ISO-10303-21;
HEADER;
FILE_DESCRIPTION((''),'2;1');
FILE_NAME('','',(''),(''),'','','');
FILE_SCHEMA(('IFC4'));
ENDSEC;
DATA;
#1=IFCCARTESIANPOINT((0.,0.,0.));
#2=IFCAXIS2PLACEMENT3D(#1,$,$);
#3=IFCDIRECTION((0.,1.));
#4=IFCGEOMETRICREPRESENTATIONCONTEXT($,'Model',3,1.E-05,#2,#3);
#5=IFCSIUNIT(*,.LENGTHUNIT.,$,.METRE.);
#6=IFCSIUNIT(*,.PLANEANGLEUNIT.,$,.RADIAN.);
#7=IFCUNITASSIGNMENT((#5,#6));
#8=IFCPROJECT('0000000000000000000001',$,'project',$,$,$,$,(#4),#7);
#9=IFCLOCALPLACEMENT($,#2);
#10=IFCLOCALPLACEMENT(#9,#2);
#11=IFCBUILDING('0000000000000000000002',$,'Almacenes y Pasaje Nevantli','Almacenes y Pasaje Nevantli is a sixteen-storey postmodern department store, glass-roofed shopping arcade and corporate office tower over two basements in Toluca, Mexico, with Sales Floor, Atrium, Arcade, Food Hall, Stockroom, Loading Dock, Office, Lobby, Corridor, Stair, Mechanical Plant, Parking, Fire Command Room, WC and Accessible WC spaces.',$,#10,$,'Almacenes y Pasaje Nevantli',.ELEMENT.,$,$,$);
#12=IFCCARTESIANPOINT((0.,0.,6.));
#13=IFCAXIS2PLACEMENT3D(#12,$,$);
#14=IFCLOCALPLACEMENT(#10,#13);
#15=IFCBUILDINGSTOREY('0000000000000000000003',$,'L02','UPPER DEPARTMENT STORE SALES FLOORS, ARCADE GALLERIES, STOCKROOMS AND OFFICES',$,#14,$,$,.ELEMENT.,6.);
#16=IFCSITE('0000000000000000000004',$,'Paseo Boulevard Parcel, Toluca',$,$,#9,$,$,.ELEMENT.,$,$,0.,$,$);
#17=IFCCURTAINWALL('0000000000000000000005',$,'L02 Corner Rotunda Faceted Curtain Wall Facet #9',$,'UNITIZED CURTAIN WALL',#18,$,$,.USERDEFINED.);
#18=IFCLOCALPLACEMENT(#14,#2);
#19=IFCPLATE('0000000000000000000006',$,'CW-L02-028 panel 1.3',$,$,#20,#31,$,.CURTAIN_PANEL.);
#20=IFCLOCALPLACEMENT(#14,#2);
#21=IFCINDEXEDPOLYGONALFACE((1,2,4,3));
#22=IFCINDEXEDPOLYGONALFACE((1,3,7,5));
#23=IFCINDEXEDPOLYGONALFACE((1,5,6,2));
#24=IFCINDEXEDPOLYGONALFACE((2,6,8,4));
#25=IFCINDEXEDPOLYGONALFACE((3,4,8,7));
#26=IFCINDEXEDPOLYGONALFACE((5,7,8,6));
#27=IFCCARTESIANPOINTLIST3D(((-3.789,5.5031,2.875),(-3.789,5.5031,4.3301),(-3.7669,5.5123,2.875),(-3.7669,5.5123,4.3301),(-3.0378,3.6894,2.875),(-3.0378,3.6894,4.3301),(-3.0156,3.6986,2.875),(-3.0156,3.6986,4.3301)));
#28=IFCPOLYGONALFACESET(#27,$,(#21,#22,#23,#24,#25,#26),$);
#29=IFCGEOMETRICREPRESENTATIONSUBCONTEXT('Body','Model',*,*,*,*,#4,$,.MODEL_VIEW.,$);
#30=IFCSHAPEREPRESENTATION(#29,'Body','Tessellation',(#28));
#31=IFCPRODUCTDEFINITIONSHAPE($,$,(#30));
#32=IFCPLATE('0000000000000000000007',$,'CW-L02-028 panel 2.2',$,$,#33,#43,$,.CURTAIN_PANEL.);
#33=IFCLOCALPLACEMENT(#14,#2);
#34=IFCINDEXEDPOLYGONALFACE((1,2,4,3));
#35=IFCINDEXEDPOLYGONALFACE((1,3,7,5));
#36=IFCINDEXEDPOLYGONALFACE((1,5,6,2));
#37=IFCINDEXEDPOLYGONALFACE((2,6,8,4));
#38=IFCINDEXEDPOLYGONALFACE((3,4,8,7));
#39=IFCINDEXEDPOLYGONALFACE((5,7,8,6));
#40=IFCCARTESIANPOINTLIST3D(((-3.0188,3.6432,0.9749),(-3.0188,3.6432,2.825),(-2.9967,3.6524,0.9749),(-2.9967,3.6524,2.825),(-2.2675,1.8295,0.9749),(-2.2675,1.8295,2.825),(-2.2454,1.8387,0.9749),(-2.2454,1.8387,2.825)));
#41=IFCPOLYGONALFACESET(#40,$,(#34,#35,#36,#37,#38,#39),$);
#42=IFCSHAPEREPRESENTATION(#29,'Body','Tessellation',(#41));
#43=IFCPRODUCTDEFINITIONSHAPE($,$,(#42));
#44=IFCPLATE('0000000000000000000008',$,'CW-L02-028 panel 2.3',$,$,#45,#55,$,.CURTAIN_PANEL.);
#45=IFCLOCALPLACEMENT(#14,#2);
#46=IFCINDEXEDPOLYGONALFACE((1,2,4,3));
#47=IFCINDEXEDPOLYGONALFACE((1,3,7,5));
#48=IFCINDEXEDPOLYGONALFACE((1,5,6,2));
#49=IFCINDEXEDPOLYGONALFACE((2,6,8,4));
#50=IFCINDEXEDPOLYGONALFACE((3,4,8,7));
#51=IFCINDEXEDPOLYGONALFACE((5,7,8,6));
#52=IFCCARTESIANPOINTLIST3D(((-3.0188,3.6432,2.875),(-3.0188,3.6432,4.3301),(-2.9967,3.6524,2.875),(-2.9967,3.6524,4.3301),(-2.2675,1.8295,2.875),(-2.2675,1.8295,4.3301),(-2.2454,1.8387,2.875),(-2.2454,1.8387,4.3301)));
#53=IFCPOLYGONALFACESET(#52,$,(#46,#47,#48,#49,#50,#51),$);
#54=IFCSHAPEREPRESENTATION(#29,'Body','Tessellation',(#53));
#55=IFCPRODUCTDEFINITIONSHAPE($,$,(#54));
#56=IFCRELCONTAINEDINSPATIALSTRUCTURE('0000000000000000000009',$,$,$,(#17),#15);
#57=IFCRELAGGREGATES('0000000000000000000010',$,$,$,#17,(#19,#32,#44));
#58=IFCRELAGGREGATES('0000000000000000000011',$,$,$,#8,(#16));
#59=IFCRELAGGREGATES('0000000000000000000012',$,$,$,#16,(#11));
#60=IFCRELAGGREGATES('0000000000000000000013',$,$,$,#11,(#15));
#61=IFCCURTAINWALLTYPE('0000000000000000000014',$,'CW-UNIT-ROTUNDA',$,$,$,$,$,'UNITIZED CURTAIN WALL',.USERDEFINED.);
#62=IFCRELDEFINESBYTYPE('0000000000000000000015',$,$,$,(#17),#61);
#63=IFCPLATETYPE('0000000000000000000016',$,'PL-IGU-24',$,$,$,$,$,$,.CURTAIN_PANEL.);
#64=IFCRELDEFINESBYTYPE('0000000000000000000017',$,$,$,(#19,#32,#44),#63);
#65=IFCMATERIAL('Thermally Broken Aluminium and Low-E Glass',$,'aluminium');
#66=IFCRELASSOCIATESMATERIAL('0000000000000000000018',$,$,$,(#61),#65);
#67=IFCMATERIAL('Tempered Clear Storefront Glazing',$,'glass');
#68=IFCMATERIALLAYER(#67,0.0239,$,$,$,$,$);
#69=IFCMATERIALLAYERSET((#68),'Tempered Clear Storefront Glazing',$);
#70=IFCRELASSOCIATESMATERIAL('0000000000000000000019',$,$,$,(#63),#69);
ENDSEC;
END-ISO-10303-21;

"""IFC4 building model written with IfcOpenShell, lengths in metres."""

from ifc_helpers import new_model, si_unit, direction, frame, origin, origin_2d, place, context, subcontext, project, spatial, rectangle, extrude, material, layer, layer_set, type_object, element, aggregate, save


model = new_model("IFC4")

# Units and contexts
model_context = context("Model", 3, precision=1e-05, world=origin(), true_north=direction((0.0, 1.0)))
body_context = subcontext(model_context, "Body", "Model", "MODEL_VIEW")
ifc_project = project(units=[si_unit("LENGTHUNIT", "METRE"), si_unit("PLANEANGLEUNIT", "RADIAN")], contexts=[model_context])

# Site, building, storey
site_placement = place(None, origin())
site = spatial("IfcSite", under=ifc_project, at=site_placement, Name="Paseo Boulevard Parcel, Toluca", CompositionType="ELEMENT", RefElevation=0.0)
building_placement = place(site_placement, origin())
building = spatial("IfcBuilding", under=site, at=building_placement, Name="Almacenes y Pasaje Nevantli", Description="Almacenes y Pasaje Nevantli is a sixteen-storey postmodern department store, glass-roofed shopping arcade and corporate office tower over two basements in Toluca, Mexico, with Sales Floor, Atrium, Arcade, Food Hall, Stockroom, Loading Dock, Office, Lobby, Corridor, Stair, Mechanical Plant, Parking, Fire Command Room, WC and Accessible WC spaces.", LongName="Almacenes y Pasaje Nevantli", CompositionType="ELEMENT")
storey_placement = place(building_placement, frame((0.0, 0.0, 6.0)))
storey = spatial("IfcBuildingStorey", under=building, at=storey_placement, Name="L02", Description="UPPER DEPARTMENT STORE SALES FLOORS, ARCADE GALLERIES, STOCKROOMS AND OFFICES", CompositionType="ELEMENT", Elevation=6.0)

# Curtain wall
ifc_material_1 = material(Name="Thermally Broken Aluminium and Low-E Glass", Category="aluminium")
curtain_wall_type = type_object("IfcCurtainWallType", Name="CW-UNIT-ROTUNDA", ElementType="UNITIZED CURTAIN WALL", PredefinedType="USERDEFINED", material=ifc_material_1)
curtain_wall_1_placement = place(storey_placement, origin())
curtain_wall_1 = element("IfcCurtainWall", 1, at=curtain_wall_1_placement, inside=storey, type_object=curtain_wall_type, Name="L02 Corner Rotunda Faceted Curtain Wall Facet #9", ObjectType="UNITIZED CURTAIN WALL", PredefinedType="USERDEFINED")

# Plates
ifc_material_2 = material(Name="Tempered Clear Storefront Glazing", Category="glass")
ifc_layer = layer(ifc_material_2, 0.0239)
ifc_layer_set = layer_set([ifc_layer], Name="Tempered Clear Storefront Glazing")
plate_type = type_object("IfcPlateType", Name="PL-IGU-24", PredefinedType="CURTAIN_PANEL", material=ifc_layer_set)
plate_1_placement = place(storey_placement, frame((-3.4023, 4.6008, 2.875), z_axis=(0.0, 0.0, 1.0), x_axis=(0.382698, -0.923873, 0.0)))
plate_1 = element("IfcPlate", 2, at=plate_1_placement, type_object=plate_type, Name="CW-L02-028 panel 1.3", PredefinedType="CURTAIN_PANEL", context=body_context, shape_type="SweptSolid", body=[
    extrude(rectangle(XDim=1.9631, YDim=0.0239, at=origin_2d()), origin(), (0.0, 0.0, 1.0), 1.4551),
])
plate_2_placement = place(storey_placement, frame((-2.6321, 2.741, 0.9749), z_axis=(0.0, 0.0, 1.0), x_axis=(0.382698, -0.923873, 0.0)))
plate_2 = element("IfcPlate", 3, at=plate_2_placement, type_object=plate_type, Name="CW-L02-028 panel 2.2", PredefinedType="CURTAIN_PANEL", context=body_context, shape_type="SweptSolid", body=[
    extrude(rectangle(XDim=1.9631, YDim=0.0239, at=origin_2d()), origin(), (0.0, 0.0, 1.0), 1.8501),
])
plate_3_placement = place(storey_placement, frame((-2.6321, 2.741, 2.875), z_axis=(0.0, 0.0, 1.0), x_axis=(0.382698, -0.923873, 0.0)))
plate_3 = element("IfcPlate", 4, at=plate_3_placement, type_object=plate_type, Name="CW-L02-028 panel 2.3", PredefinedType="CURTAIN_PANEL", context=body_context, shape_type="SweptSolid", body=[
    extrude(rectangle(XDim=1.9631, YDim=0.0239, at=origin_2d()), origin(), (0.0, 0.0, 1.0), 1.4551),
])
aggregate(curtain_wall_1, [plate_1, plate_2, plate_3])

save(model, "model.ifc")
